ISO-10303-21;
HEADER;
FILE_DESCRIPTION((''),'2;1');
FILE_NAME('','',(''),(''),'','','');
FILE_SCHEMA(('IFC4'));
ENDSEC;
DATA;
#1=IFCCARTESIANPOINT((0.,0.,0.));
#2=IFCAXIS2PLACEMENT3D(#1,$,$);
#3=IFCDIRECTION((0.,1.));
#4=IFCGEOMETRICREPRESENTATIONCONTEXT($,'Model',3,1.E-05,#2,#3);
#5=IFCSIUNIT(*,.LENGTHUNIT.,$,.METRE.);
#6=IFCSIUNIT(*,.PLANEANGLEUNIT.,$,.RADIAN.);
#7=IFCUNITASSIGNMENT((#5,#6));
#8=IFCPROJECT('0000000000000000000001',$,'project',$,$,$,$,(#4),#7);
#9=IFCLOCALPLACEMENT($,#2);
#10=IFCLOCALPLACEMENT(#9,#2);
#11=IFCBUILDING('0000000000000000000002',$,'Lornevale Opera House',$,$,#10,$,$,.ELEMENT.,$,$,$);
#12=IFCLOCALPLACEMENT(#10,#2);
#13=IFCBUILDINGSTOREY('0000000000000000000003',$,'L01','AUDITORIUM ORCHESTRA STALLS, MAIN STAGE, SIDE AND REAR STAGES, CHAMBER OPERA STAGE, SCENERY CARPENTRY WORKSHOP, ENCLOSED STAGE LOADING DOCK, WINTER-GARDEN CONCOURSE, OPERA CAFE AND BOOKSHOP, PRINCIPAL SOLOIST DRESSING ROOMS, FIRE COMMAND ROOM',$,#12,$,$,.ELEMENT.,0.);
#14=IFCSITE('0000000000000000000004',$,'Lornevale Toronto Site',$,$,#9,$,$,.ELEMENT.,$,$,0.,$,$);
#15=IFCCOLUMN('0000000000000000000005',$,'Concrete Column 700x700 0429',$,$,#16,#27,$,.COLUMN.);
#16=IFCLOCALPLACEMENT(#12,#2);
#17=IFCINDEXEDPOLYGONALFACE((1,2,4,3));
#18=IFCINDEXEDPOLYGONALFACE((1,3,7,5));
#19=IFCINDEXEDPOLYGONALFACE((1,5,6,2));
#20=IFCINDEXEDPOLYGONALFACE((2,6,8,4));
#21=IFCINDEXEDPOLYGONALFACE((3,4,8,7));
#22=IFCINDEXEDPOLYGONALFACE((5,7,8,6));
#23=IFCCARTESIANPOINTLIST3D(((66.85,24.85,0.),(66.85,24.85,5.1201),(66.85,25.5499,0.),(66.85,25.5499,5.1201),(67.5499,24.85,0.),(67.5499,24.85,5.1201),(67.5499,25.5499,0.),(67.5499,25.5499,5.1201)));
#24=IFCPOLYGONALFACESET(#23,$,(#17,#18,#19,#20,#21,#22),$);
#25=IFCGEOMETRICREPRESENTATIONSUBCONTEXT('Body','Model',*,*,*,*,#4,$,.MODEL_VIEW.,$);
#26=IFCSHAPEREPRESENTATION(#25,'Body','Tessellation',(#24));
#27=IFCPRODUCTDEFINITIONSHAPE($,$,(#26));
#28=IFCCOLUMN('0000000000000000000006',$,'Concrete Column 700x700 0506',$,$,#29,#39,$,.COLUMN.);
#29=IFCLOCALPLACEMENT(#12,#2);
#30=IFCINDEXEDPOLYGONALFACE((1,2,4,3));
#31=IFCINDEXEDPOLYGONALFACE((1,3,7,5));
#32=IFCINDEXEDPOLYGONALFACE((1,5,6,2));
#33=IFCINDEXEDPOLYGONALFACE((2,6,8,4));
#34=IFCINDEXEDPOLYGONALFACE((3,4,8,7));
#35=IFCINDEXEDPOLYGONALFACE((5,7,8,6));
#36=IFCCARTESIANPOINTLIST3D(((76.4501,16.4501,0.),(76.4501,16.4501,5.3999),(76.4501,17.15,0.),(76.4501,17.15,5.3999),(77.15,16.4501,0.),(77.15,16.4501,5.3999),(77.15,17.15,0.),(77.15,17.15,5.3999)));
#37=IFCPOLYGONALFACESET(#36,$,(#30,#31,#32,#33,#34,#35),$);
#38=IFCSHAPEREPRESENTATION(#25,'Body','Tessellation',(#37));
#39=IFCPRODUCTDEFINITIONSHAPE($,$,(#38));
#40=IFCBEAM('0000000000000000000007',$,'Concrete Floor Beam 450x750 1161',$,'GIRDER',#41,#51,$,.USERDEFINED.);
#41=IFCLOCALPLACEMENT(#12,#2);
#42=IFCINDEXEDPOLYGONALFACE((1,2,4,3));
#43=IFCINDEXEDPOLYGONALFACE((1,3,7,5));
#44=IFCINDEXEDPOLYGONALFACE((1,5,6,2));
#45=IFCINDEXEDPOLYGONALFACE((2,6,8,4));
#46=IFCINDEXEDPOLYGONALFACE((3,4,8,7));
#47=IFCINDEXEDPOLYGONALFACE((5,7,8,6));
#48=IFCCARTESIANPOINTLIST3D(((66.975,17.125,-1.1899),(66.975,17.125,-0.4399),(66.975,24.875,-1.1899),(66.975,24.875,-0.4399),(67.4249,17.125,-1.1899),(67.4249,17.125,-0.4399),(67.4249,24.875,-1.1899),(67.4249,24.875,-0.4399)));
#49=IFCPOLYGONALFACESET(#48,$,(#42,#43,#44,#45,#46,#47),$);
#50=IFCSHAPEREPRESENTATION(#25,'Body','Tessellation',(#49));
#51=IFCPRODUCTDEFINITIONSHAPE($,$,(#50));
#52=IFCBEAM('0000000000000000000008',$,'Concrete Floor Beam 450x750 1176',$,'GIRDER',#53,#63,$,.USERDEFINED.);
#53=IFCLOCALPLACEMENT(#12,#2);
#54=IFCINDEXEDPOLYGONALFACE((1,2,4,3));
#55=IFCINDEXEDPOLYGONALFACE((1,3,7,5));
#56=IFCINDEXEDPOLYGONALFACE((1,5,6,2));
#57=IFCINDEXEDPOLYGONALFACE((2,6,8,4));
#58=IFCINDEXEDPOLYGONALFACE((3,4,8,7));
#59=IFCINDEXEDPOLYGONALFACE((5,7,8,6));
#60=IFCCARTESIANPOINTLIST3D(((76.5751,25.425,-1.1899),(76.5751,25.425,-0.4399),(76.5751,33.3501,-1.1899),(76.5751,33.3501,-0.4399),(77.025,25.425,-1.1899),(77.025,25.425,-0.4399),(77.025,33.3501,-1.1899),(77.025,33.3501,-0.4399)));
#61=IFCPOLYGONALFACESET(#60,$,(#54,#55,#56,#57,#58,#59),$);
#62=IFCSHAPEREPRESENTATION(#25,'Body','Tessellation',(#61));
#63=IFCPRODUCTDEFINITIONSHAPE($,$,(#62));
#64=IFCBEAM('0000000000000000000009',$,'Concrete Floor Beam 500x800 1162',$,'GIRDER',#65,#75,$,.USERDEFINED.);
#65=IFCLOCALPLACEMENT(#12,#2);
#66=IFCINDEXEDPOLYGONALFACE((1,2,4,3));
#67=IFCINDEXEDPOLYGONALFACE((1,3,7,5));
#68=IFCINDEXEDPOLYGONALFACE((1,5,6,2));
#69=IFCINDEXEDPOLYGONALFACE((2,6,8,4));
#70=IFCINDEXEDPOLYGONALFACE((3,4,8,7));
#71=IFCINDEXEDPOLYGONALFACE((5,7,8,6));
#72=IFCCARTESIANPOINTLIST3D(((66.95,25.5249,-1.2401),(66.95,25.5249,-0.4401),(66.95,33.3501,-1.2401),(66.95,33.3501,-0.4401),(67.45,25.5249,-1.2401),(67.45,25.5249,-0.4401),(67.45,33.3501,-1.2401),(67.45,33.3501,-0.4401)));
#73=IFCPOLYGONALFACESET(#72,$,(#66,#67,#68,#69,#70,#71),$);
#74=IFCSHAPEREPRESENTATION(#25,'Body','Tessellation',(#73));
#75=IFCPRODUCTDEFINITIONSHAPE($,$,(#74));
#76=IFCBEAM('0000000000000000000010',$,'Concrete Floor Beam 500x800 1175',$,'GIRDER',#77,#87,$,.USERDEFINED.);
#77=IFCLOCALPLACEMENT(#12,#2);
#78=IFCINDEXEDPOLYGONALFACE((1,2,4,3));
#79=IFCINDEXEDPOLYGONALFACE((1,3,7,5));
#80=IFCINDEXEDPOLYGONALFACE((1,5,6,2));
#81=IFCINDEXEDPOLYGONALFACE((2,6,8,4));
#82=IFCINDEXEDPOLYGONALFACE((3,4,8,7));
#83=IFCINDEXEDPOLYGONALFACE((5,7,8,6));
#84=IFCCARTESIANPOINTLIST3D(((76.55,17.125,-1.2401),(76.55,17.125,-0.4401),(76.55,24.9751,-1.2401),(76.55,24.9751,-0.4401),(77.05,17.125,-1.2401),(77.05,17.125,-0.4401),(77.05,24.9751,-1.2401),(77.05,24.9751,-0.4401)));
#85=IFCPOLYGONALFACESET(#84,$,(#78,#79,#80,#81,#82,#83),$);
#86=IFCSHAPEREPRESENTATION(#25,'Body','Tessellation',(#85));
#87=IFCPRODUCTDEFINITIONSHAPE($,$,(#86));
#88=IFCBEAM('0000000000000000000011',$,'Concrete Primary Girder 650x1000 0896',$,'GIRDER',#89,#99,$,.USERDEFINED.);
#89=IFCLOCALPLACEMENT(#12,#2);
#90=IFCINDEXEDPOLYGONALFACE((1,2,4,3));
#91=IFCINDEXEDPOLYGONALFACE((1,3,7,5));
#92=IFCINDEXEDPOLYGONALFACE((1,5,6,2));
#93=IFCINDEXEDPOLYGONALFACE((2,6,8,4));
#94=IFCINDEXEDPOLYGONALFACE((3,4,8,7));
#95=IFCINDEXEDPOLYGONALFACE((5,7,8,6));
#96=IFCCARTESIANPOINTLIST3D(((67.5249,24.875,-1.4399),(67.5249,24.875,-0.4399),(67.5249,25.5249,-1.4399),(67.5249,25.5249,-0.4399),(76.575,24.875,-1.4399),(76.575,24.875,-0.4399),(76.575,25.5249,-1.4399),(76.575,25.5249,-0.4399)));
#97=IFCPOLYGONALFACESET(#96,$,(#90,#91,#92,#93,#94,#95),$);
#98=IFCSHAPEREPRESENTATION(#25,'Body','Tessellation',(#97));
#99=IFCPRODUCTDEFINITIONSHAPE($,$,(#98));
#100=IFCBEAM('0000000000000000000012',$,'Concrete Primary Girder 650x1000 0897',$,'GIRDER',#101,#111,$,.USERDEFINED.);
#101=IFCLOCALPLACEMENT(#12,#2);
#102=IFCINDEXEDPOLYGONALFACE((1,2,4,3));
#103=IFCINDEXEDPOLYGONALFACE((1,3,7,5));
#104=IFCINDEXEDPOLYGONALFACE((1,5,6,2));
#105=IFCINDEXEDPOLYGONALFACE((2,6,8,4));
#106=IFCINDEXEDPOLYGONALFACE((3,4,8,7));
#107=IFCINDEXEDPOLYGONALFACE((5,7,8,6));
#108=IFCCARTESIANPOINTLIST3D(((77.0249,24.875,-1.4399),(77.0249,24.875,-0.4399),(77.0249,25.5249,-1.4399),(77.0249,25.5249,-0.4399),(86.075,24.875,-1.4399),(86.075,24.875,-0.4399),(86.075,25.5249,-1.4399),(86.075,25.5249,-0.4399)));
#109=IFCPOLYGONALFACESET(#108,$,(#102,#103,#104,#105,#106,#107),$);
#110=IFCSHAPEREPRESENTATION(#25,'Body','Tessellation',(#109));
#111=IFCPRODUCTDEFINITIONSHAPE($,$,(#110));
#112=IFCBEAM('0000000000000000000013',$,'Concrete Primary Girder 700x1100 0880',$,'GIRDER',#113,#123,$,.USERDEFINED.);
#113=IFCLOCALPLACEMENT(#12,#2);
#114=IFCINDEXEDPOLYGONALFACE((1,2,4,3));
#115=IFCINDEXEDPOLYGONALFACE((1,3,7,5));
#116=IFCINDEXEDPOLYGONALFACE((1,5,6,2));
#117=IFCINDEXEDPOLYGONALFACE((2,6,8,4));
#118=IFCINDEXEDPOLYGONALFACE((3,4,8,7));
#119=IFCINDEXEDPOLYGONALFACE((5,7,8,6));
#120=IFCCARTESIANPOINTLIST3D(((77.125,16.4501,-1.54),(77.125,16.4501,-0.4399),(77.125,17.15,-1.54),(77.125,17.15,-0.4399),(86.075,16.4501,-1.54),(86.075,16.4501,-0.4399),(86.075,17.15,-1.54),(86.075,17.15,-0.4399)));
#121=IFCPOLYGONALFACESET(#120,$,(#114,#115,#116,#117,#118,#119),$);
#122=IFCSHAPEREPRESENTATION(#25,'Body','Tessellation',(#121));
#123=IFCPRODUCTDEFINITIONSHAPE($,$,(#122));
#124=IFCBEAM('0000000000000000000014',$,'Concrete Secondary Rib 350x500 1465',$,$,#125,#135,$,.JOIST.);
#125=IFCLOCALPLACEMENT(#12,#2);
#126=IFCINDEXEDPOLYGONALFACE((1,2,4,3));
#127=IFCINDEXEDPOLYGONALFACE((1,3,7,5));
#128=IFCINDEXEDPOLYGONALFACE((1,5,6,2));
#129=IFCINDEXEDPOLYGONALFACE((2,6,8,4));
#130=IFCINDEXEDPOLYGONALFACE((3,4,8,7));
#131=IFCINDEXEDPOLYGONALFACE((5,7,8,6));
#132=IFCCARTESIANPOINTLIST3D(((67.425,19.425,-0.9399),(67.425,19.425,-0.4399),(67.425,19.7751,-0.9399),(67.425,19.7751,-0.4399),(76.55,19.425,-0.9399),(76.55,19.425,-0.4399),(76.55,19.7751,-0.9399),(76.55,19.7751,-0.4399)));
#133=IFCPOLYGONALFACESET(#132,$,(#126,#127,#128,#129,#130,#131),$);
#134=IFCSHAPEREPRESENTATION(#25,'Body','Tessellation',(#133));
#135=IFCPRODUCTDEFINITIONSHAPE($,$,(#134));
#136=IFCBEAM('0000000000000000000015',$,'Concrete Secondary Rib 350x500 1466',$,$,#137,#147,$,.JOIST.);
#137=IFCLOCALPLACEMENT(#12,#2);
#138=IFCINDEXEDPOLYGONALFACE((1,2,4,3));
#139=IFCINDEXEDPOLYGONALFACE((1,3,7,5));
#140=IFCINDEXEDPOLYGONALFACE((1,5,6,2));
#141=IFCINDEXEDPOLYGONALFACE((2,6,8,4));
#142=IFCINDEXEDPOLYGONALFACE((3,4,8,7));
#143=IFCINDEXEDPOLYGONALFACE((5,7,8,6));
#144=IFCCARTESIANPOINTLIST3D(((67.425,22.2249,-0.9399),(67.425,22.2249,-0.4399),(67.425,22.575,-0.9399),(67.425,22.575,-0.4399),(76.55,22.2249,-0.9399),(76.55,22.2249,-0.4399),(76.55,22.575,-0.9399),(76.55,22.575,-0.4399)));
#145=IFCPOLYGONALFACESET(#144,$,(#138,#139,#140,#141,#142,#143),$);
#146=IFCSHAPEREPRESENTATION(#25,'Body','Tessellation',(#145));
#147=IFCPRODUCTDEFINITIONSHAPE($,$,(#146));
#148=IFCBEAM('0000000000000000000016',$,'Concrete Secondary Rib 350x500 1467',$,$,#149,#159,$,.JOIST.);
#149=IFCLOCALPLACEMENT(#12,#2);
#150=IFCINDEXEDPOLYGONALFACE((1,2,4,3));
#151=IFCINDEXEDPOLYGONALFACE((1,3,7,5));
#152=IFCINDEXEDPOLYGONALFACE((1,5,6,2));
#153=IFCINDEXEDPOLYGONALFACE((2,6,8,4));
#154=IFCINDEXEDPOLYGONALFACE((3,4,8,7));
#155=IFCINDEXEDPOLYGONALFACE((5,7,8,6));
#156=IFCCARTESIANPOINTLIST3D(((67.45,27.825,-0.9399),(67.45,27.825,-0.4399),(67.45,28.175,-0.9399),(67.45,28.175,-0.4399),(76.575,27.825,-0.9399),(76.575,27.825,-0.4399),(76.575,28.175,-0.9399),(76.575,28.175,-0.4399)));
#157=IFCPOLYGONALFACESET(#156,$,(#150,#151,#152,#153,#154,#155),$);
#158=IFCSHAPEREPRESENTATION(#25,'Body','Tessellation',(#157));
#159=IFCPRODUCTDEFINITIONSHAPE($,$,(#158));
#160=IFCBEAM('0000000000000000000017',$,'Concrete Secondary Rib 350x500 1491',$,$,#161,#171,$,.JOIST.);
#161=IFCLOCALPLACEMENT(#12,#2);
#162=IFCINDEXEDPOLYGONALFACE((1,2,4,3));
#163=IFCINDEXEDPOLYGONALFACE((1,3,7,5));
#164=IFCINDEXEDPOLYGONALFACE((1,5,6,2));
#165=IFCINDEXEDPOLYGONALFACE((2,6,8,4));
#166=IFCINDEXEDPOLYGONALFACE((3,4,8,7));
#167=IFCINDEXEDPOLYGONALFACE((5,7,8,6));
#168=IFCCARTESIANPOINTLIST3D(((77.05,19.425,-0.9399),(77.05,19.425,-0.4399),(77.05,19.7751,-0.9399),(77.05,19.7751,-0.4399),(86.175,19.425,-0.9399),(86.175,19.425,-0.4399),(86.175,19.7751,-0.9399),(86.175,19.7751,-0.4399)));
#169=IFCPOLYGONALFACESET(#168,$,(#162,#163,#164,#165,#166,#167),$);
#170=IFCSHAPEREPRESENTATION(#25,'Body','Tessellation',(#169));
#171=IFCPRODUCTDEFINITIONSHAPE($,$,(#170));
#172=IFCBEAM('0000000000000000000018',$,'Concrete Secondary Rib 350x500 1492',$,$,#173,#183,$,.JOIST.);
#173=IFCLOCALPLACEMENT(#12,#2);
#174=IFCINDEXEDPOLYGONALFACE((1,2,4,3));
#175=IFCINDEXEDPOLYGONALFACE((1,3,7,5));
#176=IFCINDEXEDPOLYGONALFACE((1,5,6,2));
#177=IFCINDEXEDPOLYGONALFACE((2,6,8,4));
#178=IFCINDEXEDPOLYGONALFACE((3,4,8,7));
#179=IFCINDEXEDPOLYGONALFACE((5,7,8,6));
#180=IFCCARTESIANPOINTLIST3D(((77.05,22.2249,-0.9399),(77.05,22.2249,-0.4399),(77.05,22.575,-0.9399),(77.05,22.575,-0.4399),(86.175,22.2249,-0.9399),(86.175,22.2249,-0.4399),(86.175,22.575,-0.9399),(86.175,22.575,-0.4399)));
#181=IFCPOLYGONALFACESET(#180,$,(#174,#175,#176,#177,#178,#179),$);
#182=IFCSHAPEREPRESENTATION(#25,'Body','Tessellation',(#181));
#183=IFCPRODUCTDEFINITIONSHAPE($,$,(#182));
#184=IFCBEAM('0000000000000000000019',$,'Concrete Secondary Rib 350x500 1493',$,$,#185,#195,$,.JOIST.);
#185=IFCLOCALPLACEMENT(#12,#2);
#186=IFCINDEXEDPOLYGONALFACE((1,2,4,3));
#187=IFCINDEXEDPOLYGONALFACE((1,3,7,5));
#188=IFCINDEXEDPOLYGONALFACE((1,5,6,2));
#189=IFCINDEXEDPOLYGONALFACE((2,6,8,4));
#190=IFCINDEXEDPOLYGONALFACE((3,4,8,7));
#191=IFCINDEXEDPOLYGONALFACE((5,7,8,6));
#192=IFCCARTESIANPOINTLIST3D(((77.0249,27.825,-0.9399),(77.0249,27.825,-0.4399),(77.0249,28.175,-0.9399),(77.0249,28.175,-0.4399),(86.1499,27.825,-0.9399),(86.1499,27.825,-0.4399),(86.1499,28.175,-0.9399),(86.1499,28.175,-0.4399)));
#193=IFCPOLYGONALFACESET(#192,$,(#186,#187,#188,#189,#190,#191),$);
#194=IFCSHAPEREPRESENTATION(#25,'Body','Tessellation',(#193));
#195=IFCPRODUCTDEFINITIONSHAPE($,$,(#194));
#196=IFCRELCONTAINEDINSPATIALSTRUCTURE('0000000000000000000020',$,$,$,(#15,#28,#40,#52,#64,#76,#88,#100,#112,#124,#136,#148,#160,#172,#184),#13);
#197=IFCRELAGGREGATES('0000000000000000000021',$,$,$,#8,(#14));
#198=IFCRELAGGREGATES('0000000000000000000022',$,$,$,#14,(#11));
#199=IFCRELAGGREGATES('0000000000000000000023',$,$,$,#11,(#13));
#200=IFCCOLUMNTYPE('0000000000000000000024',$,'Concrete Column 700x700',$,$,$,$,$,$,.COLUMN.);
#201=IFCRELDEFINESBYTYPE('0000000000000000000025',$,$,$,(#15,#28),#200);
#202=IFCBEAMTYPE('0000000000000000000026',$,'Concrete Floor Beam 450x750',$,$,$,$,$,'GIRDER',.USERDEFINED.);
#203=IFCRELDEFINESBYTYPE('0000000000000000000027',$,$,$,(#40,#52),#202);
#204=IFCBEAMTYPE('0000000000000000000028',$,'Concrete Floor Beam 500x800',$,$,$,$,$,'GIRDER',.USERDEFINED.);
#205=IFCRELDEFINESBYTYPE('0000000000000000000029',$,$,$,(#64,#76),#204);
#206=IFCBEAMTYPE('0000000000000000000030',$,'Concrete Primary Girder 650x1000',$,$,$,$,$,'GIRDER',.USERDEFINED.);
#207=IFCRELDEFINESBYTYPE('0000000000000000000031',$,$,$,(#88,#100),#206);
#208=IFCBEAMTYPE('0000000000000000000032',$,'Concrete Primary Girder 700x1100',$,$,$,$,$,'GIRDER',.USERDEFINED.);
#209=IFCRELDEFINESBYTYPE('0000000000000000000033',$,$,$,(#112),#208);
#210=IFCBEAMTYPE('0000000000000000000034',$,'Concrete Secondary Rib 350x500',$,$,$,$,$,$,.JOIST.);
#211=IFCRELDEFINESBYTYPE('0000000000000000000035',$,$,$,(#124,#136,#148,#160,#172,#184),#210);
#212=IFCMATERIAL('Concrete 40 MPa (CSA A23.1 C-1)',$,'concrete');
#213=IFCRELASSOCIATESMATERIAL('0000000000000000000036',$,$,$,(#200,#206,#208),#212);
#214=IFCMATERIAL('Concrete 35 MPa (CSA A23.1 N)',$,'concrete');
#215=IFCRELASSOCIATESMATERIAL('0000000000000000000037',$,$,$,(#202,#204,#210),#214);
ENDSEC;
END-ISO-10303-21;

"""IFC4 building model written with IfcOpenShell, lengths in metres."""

from ifc_helpers import new_model, si_unit, direction, frame, origin, origin_2d, place, context, subcontext, project, spatial, rectangle, extrude, material, material_profile, profile_set, type_object, element, save


model = new_model("IFC4")

# Units and contexts
model_context = context("Model", 3, precision=1e-05, world=origin(), true_north=direction((0.0, 1.0)))
body_context = subcontext(model_context, "Body", "Model", "MODEL_VIEW")
ifc_project = project(units=[si_unit("LENGTHUNIT", "METRE"), si_unit("PLANEANGLEUNIT", "RADIAN")], contexts=[model_context])

# Site, building, storey
site_placement = place(None, origin())
site = spatial("IfcSite", under=ifc_project, at=site_placement, Name="Lornevale Toronto Site", CompositionType="ELEMENT", RefElevation=0.0)
building_placement = place(site_placement, origin())
building = spatial("IfcBuilding", under=site, at=building_placement, Name="Lornevale Opera House", CompositionType="ELEMENT")
storey_placement = place(building_placement, origin())
storey = spatial("IfcBuildingStorey", under=building, at=storey_placement, Name="L01", Description="AUDITORIUM ORCHESTRA STALLS, MAIN STAGE, SIDE AND REAR STAGES, CHAMBER OPERA STAGE, SCENERY CARPENTRY WORKSHOP, ENCLOSED STAGE LOADING DOCK, WINTER-GARDEN CONCOURSE, OPERA CAFE AND BOOKSHOP, PRINCIPAL SOLOIST DRESSING ROOMS, FIRE COMMAND ROOM", CompositionType="ELEMENT", Elevation=0.0)

# Columns
ifc_material_1 = material(Name="Concrete 40 MPa (CSA A23.1 C-1)", Category="concrete")
ifc_material_profile_1 = material_profile(ifc_material_1, rectangle(XDim=0.7, YDim=0.7, at=origin_2d()), Name="RC700x700")
ifc_profile_set_1 = profile_set([ifc_material_profile_1], Name="Concrete 40 MPa (CSA A23.1 C-1)")
column_type = type_object("IfcColumnType", Name="Concrete Column 700x700", PredefinedType="COLUMN", material=ifc_profile_set_1)
column_1_placement = place(storey_placement, frame((67.2, 25.2, 0.0), z_axis=(0.0, 0.0, 1.0), x_axis=(1.0, 0.0, 0.0)))
element("IfcColumn", 1, at=column_1_placement, inside=storey, type_object=column_type, Name="Concrete Column 700x700 0429", PredefinedType="COLUMN", context=body_context, shape_type="SweptSolid", body=[
    extrude(rectangle(XDim=0.7, YDim=0.7, at=origin_2d()), origin(), (0.0, 0.0, 1.0), 5.1201),
])
column_2_placement = place(storey_placement, frame((76.8, 16.8, 0.0), z_axis=(0.0, 0.0, 1.0), x_axis=(1.0, 0.0, 0.0)))
element("IfcColumn", 2, at=column_2_placement, inside=storey, type_object=column_type, Name="Concrete Column 700x700 0506", PredefinedType="COLUMN", context=body_context, shape_type="SweptSolid", body=[
    extrude(rectangle(XDim=0.7, YDim=0.7, at=origin_2d()), origin(), (0.0, 0.0, 1.0), 5.3999),
])

# Beams
ifc_material_2 = material(Name="Concrete 35 MPa (CSA A23.1 N)", Category="concrete")
ifc_material_profile_2 = material_profile(ifc_material_2, rectangle(XDim=0.45, YDim=0.75, at=origin_2d()), Name="RC450x750")
ifc_profile_set_2 = profile_set([ifc_material_profile_2], Name="Concrete 35 MPa (CSA A23.1 N)")
beam_type_1 = type_object("IfcBeamType", Name="Concrete Floor Beam 450x750", ElementType="GIRDER", PredefinedType="USERDEFINED", material=ifc_profile_set_2)
beam_1_placement = place(storey_placement, frame((67.2, 17.125, -0.8149), z_axis=(0.0, 1.0, 0.0), x_axis=(-1.0, 0.0, 0.0)))
element("IfcBeam", 3, at=beam_1_placement, inside=storey, type_object=beam_type_1, Name="Concrete Floor Beam 450x750 1161", ObjectType="GIRDER", PredefinedType="USERDEFINED", context=body_context, shape_type="SweptSolid", body=[
    extrude(rectangle(XDim=0.45, YDim=0.75, at=origin_2d()), origin(), (0.0, 0.0, 1.0), 7.75),
])
beam_2_placement = place(storey_placement, frame((76.8, 25.425, -0.8149), z_axis=(0.0, 1.0, 0.0), x_axis=(-1.0, 0.0, 0.0)))
element("IfcBeam", 4, at=beam_2_placement, inside=storey, type_object=beam_type_1, Name="Concrete Floor Beam 450x750 1176", ObjectType="GIRDER", PredefinedType="USERDEFINED", context=body_context, shape_type="SweptSolid", body=[
    extrude(rectangle(XDim=0.45, YDim=0.75, at=origin_2d()), origin(), (0.0, 0.0, 1.0), 7.925),
])
ifc_material_profile_3 = material_profile(ifc_material_2, rectangle(XDim=0.5, YDim=0.8, at=origin_2d()), Name="RC500x800")
ifc_profile_set_3 = profile_set([ifc_material_profile_3], Name="Concrete 35 MPa (CSA A23.1 N)")
beam_type_2 = type_object("IfcBeamType", Name="Concrete Floor Beam 500x800", ElementType="GIRDER", PredefinedType="USERDEFINED", material=ifc_profile_set_3)
beam_3_placement = place(storey_placement, frame((67.2, 25.5249, -0.8401), z_axis=(0.0, 1.0, 0.0), x_axis=(-1.0, 0.0, 0.0)))
element("IfcBeam", 5, at=beam_3_placement, inside=storey, type_object=beam_type_2, Name="Concrete Floor Beam 500x800 1162", ObjectType="GIRDER", PredefinedType="USERDEFINED", context=body_context, shape_type="SweptSolid", body=[
    extrude(rectangle(XDim=0.5, YDim=0.8, at=origin_2d()), origin(), (0.0, 0.0, 1.0), 7.8252),
])
beam_4_placement = place(storey_placement, frame((76.8, 17.125, -0.8401), z_axis=(0.0, 1.0, 0.0), x_axis=(-1.0, 0.0, 0.0)))
element("IfcBeam", 6, at=beam_4_placement, inside=storey, type_object=beam_type_2, Name="Concrete Floor Beam 500x800 1175", ObjectType="GIRDER", PredefinedType="USERDEFINED", context=body_context, shape_type="SweptSolid", body=[
    extrude(rectangle(XDim=0.5, YDim=0.8, at=origin_2d()), origin(), (0.0, 0.0, 1.0), 7.8501),
])
ifc_material_profile_4 = material_profile(ifc_material_1, rectangle(XDim=0.6499, YDim=1.0, at=origin_2d()), Name="RC650x1000")
ifc_profile_set_4 = profile_set([ifc_material_profile_4], Name="Concrete 40 MPa (CSA A23.1 C-1)")
beam_type_3 = type_object("IfcBeamType", Name="Concrete Primary Girder 650x1000", ElementType="GIRDER", PredefinedType="USERDEFINED", material=ifc_profile_set_4)
for number, where, z_axis, x_axis, name in (
    (7, (67.5249, 25.2, -0.9399), (1.0, 0.0, 0.0), (0.0, 1.0, 0.0), "Concrete Primary Girder 650x1000 0896"),
    (8, (77.0249, 25.2, -0.9399), (1.0, 0.0, 0.0), (0.0, 1.0, 0.0), "Concrete Primary Girder 650x1000 0897"),
):
    element("IfcBeam", number, at=place(storey_placement, frame(where, z_axis=z_axis, x_axis=x_axis)), inside=storey, type_object=beam_type_3, Name=name, ObjectType="GIRDER", PredefinedType="USERDEFINED", context=body_context, shape_type="SweptSolid", body=[
        extrude(rectangle(XDim=0.6499, YDim=1.0, at=origin_2d()), origin(), (0.0, 0.0, 1.0), 9.05),
    ])
ifc_material_profile_5 = material_profile(ifc_material_1, rectangle(XDim=0.7, YDim=1.1001, at=origin_2d()), Name="RC700x1100")
ifc_profile_set_5 = profile_set([ifc_material_profile_5], Name="Concrete 40 MPa (CSA A23.1 C-1)")
beam_type_4 = type_object("IfcBeamType", Name="Concrete Primary Girder 700x1100", ElementType="GIRDER", PredefinedType="USERDEFINED", material=ifc_profile_set_5)
beam_5_placement = place(storey_placement, frame((77.125, 16.8, -0.99), z_axis=(1.0, 0.0, 0.0), x_axis=(0.0, 1.0, 0.0)))
element("IfcBeam", 9, at=beam_5_placement, inside=storey, type_object=beam_type_4, Name="Concrete Primary Girder 700x1100 0880", ObjectType="GIRDER", PredefinedType="USERDEFINED", context=body_context, shape_type="SweptSolid", body=[
    extrude(rectangle(XDim=0.7, YDim=1.1001, at=origin_2d()), origin(), (0.0, 0.0, 1.0), 8.95),
])
ifc_material_profile_6 = material_profile(ifc_material_2, rectangle(XDim=0.3501, YDim=0.5, at=origin_2d()), Name="RC350x500")
ifc_profile_set_6 = profile_set([ifc_material_profile_6], Name="Concrete 35 MPa (CSA A23.1 N)")
beam_type_5 = type_object("IfcBeamType", Name="Concrete Secondary Rib 350x500", PredefinedType="JOIST", material=ifc_profile_set_6)
for number, where, z_axis, x_axis, name in (
    (10, (67.425, 19.6001, -0.6899), (1.0, 0.0, 0.0), (0.0, 1.0, 0.0), "Concrete Secondary Rib 350x500 1465"),
    (11, (67.425, 22.3999, -0.6899), (1.0, 0.0, 0.0), (0.0, 1.0, 0.0), "Concrete Secondary Rib 350x500 1466"),
    (12, (67.45, 28.0, -0.6899), (1.0, 0.0, 0.0), (0.0, 1.0, 0.0), "Concrete Secondary Rib 350x500 1467"),
    (13, (77.05, 19.6001, -0.6899), (1.0, 0.0, 0.0), (0.0, 1.0, 0.0), "Concrete Secondary Rib 350x500 1491"),
    (14, (77.05, 22.3999, -0.6899), (1.0, 0.0, 0.0), (0.0, 1.0, 0.0), "Concrete Secondary Rib 350x500 1492"),
    (15, (77.0249, 28.0, -0.6899), (1.0, 0.0, 0.0), (0.0, 1.0, 0.0), "Concrete Secondary Rib 350x500 1493"),
):
    element("IfcBeam", number, at=place(storey_placement, frame(where, z_axis=z_axis, x_axis=x_axis)), inside=storey, type_object=beam_type_5, Name=name, PredefinedType="JOIST", context=body_context, shape_type="SweptSolid", body=[
        extrude(rectangle(XDim=0.3501, YDim=0.5, at=origin_2d()), origin(), (0.0, 0.0, 1.0), 9.125),
    ])

save(model, "model.ifc")
